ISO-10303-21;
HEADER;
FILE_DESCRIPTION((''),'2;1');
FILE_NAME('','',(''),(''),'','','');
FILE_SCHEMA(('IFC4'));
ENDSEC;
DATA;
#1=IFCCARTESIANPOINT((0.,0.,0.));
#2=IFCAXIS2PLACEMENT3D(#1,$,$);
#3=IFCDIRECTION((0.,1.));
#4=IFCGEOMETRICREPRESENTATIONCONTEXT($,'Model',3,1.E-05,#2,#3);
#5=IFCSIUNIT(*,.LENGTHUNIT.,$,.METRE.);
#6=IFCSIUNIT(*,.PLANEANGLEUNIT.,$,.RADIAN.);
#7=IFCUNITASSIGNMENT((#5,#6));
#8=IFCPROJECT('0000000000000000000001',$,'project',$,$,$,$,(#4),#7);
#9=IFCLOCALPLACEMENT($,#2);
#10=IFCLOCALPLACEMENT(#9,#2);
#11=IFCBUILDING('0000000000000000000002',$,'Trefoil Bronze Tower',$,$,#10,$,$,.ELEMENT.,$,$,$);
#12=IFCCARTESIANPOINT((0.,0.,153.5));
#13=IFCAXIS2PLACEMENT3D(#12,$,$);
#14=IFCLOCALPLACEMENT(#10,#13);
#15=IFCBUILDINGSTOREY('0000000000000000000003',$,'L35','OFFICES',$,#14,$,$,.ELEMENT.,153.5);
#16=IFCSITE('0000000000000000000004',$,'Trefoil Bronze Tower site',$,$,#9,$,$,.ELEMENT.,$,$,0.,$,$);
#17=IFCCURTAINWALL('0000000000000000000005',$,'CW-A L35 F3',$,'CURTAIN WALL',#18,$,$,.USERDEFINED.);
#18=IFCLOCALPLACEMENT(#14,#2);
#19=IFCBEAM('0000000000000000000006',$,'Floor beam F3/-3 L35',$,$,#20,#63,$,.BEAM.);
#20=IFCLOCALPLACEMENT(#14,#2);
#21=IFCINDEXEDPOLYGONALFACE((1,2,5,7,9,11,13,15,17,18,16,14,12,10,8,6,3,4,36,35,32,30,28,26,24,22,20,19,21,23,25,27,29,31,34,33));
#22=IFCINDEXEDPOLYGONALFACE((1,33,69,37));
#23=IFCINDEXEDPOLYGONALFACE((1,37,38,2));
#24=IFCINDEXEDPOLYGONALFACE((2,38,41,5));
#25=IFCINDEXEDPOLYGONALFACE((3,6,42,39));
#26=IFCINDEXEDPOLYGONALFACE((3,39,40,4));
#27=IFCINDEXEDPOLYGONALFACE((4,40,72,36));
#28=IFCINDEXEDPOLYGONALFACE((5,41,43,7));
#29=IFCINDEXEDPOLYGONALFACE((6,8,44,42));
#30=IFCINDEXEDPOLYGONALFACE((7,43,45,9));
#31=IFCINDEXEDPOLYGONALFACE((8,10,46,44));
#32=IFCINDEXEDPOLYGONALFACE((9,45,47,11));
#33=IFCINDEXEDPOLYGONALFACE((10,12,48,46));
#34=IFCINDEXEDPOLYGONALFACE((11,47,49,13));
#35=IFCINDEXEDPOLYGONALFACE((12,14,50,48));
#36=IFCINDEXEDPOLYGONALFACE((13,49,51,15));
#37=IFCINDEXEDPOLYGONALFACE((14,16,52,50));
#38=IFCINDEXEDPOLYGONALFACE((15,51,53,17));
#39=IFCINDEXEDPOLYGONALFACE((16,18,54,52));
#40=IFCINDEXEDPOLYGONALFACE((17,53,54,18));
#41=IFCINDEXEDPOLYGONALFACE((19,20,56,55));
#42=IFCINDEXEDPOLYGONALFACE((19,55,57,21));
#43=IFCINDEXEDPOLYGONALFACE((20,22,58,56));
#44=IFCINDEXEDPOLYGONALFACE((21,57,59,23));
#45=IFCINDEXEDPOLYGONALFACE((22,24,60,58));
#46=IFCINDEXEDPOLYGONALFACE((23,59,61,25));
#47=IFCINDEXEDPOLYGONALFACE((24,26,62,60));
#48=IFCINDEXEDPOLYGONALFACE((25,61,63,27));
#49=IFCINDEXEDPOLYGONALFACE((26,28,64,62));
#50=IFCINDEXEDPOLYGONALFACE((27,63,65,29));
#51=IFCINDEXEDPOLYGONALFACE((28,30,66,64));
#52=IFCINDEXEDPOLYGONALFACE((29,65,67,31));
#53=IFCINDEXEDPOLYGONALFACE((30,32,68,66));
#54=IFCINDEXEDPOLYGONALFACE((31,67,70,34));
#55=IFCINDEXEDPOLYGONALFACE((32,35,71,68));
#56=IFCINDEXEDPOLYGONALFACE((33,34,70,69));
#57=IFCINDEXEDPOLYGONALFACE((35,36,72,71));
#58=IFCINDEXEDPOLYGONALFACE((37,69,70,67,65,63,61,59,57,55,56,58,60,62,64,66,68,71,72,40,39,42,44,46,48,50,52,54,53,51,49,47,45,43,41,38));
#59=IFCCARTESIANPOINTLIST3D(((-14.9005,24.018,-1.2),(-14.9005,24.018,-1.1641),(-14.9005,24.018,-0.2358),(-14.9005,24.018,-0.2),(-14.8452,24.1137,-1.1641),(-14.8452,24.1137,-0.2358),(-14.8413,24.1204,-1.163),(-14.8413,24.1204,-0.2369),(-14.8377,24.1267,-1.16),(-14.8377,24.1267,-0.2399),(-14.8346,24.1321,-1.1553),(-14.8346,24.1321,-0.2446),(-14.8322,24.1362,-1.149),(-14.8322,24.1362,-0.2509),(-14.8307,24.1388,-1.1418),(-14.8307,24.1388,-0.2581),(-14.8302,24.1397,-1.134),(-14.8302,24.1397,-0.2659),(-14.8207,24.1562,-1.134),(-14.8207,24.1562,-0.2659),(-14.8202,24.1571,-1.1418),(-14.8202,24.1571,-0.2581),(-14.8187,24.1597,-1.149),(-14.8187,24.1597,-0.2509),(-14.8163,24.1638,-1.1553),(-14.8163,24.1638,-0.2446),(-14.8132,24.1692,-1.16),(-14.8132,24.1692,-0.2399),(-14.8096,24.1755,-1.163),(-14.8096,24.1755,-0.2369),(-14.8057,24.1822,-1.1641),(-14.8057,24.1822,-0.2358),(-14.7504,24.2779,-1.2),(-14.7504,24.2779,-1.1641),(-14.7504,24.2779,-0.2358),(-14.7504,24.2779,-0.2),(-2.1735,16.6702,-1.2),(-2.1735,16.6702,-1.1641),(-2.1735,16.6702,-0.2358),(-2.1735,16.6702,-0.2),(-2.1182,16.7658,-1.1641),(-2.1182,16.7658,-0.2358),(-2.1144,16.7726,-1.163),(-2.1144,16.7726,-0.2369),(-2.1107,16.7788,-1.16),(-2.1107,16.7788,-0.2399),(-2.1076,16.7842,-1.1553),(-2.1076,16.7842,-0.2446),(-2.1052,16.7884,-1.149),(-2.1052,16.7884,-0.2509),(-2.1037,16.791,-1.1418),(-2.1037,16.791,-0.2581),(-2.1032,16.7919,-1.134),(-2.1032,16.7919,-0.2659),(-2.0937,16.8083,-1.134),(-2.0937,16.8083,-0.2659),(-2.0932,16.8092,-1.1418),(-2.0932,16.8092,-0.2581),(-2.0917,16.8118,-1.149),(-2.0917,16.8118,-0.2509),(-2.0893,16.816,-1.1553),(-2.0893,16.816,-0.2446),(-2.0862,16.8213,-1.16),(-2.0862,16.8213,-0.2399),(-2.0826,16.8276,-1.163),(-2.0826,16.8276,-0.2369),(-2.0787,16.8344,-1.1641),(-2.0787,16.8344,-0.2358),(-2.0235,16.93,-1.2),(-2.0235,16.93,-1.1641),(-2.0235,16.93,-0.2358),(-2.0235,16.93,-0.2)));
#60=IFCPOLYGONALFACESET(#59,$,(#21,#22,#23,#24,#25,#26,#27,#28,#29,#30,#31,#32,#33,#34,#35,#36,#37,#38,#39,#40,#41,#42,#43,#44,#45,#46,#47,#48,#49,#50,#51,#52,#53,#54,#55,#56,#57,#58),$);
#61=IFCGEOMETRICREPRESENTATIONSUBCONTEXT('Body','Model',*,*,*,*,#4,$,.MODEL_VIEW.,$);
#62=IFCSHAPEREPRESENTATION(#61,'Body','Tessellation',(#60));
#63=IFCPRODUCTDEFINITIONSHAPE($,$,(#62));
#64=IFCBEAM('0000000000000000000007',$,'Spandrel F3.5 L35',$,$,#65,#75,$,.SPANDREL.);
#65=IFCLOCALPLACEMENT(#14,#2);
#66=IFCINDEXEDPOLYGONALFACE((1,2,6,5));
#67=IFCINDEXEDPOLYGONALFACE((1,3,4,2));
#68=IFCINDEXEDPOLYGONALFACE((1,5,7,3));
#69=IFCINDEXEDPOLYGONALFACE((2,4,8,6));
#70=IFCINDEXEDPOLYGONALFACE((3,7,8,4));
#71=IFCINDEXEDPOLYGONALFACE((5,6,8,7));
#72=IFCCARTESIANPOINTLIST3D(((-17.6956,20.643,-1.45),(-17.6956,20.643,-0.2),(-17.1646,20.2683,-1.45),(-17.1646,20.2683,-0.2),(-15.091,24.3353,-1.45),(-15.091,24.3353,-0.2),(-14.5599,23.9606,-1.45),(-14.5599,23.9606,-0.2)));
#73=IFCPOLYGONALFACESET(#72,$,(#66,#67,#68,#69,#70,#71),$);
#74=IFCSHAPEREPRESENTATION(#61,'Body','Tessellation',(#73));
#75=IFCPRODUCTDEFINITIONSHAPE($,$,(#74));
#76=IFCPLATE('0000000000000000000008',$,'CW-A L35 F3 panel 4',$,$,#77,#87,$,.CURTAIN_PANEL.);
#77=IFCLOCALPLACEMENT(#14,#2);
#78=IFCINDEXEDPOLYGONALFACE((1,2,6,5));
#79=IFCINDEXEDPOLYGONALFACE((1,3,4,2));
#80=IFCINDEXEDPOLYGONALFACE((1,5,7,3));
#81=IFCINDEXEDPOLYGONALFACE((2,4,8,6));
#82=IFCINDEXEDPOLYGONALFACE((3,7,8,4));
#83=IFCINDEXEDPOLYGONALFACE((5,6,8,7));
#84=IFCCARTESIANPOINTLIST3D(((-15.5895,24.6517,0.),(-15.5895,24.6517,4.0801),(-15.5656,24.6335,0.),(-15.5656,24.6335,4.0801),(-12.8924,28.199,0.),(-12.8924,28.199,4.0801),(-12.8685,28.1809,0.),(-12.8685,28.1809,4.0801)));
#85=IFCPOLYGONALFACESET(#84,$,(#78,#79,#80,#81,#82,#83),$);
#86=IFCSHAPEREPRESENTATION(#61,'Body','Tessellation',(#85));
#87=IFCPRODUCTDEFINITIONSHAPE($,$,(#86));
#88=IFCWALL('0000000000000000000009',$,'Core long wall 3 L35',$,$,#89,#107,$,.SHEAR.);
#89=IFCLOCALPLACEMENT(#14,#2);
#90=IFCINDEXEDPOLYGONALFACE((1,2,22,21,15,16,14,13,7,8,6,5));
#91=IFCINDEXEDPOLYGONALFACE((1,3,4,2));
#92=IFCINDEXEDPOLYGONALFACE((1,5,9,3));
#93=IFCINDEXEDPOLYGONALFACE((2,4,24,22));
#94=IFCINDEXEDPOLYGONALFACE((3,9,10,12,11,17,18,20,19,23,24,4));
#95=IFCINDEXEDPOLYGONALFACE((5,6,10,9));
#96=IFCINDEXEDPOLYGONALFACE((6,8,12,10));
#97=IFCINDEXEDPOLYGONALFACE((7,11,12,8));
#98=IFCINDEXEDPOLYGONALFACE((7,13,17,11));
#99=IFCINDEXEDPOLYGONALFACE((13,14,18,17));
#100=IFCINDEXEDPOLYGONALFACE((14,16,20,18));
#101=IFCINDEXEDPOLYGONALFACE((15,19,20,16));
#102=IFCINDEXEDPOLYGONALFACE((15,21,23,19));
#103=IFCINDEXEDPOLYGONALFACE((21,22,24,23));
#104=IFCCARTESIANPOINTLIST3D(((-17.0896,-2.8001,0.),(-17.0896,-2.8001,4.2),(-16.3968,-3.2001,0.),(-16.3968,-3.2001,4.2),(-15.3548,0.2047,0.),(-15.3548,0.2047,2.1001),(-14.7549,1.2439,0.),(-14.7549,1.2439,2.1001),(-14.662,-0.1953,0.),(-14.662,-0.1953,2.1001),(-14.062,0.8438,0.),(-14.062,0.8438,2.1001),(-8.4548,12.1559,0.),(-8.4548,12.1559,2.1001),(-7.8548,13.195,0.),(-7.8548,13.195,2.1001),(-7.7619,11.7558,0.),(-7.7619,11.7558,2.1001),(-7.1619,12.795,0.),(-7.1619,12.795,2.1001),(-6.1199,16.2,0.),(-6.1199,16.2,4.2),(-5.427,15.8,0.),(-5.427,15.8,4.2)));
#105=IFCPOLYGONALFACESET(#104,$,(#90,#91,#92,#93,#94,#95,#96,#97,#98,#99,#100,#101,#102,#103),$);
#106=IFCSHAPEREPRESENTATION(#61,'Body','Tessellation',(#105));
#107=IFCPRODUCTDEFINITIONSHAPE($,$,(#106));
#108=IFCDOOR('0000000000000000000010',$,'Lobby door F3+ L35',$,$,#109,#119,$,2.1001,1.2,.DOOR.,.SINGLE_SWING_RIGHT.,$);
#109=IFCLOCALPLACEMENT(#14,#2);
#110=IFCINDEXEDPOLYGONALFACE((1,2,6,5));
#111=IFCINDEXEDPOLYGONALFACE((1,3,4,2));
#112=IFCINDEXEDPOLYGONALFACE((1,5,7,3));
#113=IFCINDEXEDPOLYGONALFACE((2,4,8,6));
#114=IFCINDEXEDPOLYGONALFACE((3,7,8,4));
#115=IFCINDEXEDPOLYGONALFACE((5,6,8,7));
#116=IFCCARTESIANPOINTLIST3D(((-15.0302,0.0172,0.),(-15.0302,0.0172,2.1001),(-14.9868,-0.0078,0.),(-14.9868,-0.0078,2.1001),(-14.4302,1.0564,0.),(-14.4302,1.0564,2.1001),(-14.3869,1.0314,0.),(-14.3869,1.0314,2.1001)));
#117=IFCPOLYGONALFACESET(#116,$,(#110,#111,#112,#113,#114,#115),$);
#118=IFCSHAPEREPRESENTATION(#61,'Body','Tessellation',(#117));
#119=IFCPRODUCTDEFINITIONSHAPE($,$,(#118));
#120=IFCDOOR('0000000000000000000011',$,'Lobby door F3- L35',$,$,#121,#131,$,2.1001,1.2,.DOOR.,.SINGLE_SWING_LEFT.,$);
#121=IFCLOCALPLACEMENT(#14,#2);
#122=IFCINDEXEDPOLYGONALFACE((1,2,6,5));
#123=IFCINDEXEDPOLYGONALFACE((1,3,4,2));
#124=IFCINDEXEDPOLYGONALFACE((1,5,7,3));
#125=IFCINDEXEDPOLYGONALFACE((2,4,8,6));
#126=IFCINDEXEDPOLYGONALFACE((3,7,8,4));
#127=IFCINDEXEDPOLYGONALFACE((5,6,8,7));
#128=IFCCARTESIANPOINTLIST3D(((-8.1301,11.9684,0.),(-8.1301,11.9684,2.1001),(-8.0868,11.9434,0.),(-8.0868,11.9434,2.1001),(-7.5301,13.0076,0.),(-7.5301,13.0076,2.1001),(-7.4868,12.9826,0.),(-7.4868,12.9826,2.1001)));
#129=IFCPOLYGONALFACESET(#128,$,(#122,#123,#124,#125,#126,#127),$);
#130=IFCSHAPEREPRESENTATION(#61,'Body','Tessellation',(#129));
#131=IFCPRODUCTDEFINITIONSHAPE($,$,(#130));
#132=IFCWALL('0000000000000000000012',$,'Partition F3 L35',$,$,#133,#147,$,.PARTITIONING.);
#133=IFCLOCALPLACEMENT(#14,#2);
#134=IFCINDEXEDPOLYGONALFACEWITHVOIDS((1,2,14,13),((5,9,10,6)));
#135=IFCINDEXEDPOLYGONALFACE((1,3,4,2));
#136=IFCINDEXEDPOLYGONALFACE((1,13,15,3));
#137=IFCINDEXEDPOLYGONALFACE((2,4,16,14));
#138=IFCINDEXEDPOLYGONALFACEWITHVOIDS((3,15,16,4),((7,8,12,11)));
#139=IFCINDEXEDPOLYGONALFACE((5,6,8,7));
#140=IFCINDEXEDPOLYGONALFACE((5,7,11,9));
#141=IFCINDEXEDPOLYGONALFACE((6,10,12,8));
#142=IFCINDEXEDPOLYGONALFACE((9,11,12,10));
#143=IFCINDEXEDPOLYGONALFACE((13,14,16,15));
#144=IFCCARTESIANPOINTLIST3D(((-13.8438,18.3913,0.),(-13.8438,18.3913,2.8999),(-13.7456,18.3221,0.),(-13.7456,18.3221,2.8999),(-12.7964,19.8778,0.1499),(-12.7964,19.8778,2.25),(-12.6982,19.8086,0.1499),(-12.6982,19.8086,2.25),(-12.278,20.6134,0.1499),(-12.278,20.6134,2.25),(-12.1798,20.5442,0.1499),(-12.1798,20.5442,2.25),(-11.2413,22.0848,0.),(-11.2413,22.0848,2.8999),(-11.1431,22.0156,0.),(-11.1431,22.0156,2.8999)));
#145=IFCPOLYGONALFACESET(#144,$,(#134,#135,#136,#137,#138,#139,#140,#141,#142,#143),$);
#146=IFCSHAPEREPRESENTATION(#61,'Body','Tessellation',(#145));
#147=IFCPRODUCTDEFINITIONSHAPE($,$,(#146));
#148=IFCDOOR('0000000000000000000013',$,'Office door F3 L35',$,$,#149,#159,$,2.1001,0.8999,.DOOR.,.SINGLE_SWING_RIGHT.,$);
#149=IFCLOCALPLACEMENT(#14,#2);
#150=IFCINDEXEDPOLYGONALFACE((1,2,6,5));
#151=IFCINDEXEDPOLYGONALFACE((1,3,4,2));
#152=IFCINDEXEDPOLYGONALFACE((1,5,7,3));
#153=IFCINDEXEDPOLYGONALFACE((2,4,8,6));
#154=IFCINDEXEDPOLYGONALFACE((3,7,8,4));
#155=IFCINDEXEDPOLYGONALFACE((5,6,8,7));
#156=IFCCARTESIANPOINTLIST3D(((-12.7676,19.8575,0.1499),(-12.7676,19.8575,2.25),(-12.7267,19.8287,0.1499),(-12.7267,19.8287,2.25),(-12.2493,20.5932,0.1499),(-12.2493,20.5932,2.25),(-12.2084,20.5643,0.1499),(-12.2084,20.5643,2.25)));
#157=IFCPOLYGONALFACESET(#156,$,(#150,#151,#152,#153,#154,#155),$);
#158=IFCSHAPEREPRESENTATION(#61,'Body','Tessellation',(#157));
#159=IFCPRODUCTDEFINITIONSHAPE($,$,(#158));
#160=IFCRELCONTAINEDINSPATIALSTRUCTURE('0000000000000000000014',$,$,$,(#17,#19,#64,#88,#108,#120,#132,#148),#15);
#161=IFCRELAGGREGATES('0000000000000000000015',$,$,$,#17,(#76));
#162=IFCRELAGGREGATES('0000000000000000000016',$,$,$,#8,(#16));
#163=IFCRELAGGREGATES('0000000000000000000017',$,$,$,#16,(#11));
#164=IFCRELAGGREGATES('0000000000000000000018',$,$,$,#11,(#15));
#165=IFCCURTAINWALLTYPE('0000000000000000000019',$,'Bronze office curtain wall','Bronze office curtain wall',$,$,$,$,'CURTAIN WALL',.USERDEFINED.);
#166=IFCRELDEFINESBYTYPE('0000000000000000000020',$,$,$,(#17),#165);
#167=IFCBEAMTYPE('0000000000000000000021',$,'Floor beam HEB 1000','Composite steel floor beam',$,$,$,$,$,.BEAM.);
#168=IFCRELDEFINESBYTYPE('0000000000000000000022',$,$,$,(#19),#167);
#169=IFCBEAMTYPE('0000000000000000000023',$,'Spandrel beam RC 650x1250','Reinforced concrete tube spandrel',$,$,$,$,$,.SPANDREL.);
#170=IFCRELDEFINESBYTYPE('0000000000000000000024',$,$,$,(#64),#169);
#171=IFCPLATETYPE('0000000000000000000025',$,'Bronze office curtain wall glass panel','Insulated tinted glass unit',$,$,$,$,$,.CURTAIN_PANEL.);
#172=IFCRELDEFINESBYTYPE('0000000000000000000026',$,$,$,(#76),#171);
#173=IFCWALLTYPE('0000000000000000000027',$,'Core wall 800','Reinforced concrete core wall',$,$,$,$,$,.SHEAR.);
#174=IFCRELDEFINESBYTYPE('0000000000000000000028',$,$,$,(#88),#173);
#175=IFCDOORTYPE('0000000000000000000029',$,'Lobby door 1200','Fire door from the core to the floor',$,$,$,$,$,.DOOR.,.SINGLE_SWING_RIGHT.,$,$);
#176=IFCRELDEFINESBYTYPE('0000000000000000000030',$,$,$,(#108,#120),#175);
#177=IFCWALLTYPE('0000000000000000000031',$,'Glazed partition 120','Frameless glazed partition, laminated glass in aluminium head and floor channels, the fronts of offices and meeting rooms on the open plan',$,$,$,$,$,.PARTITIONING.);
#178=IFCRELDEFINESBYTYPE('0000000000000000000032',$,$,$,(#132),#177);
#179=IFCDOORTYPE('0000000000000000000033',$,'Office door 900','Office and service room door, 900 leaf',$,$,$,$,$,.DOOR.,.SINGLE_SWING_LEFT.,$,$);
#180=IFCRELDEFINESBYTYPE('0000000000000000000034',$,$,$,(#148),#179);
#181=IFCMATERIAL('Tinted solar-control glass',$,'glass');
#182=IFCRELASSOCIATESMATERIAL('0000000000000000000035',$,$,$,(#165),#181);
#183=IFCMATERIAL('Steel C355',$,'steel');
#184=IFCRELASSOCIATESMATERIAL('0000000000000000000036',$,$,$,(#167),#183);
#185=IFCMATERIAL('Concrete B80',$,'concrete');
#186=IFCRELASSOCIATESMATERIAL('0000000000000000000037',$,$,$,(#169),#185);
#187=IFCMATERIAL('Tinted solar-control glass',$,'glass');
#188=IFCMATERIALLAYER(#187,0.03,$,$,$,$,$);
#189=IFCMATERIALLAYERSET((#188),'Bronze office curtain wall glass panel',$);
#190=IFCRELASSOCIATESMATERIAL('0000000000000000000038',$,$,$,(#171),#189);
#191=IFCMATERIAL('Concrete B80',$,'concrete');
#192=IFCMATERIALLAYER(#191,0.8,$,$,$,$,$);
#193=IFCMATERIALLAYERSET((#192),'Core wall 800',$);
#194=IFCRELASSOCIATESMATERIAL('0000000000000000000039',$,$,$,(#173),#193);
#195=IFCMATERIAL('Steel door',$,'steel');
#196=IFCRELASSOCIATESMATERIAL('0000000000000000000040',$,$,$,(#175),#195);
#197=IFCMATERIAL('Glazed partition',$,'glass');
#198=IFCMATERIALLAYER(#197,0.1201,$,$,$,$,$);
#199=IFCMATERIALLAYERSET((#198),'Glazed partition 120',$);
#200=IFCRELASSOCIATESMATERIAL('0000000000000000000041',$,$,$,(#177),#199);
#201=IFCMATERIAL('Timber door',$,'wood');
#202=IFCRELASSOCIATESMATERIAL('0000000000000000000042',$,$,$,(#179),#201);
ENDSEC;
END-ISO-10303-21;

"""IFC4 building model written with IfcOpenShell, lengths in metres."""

from ifc_helpers import new_model, si_unit, direction, frame, frame_2d, origin, origin_2d, place, context, subcontext, project, spatial, rectangle, i_section, extrude, material, layer, layer_set, material_profile, profile_set, type_object, element, fill, aggregate, save


model = new_model("IFC4")

# Units and contexts
model_context = context("Model", 3, precision=1e-05, world=origin(), true_north=direction((0.0, 1.0)))
body_context = subcontext(model_context, "Body", "Model", "MODEL_VIEW")
ifc_project = project(units=[si_unit("LENGTHUNIT", "METRE"), si_unit("PLANEANGLEUNIT", "RADIAN")], contexts=[model_context])

# Site, building, storey
site_placement = place(None, origin())
site = spatial("IfcSite", under=ifc_project, at=site_placement, Name="Trefoil Bronze Tower site", CompositionType="ELEMENT", RefElevation=0.0)
building_placement = place(site_placement, origin())
building = spatial("IfcBuilding", under=site, at=building_placement, Name="Trefoil Bronze Tower", CompositionType="ELEMENT")
storey_placement = place(building_placement, frame((0.0, 0.0, 153.5)))
storey = spatial("IfcBuildingStorey", under=building, at=storey_placement, Name="L35", Description="OFFICES", CompositionType="ELEMENT", Elevation=153.5)

# Curtain wall
ifc_material_1 = material(Name="Tinted solar-control glass", Category="glass")
curtain_wall_type = type_object("IfcCurtainWallType", Name="Bronze office curtain wall", Description="Bronze office curtain wall", ElementType="CURTAIN WALL", PredefinedType="USERDEFINED", material=ifc_material_1)
curtain_wall_placement = place(storey_placement, origin())
curtain_wall = element("IfcCurtainWall", 1, at=curtain_wall_placement, inside=storey, type_object=curtain_wall_type, Name="CW-A L35 F3", ObjectType="CURTAIN WALL", PredefinedType="USERDEFINED")

# Beams
ifc_material_2 = material(Name="Steel C355", Category="steel")
ifc_material_profile_1 = material_profile(ifc_material_2, i_section(OverallWidth=0.3, OverallDepth=1.0, WebThickness=0.019, FlangeThickness=0.0359, FilletRadius=0.03, at=origin_2d()), Name="HEB 1000")
ifc_profile_set_1 = profile_set([ifc_material_profile_1], Name="Steel C355")
beam_type_1 = type_object("IfcBeamType", Name="Floor beam HEB 1000", Description="Composite steel floor beam", PredefinedType="BEAM", material=ifc_profile_set_1)
beam_1_placement = place(storey_placement, frame((-14.8254, 24.1479, -0.7), z_axis=(0.866027, -0.499997, 0.0), x_axis=(0.499997, 0.866027, 0.0)))
element("IfcBeam", 2, at=beam_1_placement, inside=storey, type_object=beam_type_1, Name="Floor beam F3/-3 L35", PredefinedType="BEAM", context=body_context, shape_type="SweptSolid", body=[
    extrude(i_section(OverallWidth=0.3, OverallDepth=1.0, WebThickness=0.019, FlangeThickness=0.0359, FilletRadius=0.03, at=origin_2d()), origin(), (0.0, 0.0, 1.0), 14.6958),
])
ifc_material_3 = material(Name="Concrete B80", Category="concrete")
ifc_material_profile_2 = material_profile(ifc_material_3, rectangle(XDim=0.6499, YDim=1.25, at=origin_2d()), Name="RC 650x1250")
ifc_profile_set_2 = profile_set([ifc_material_profile_2], Name="Concrete B80")
beam_type_2 = type_object("IfcBeamType", Name="Spandrel beam RC 650x1250", Description="Reinforced concrete tube spandrel", PredefinedType="SPANDREL", material=ifc_profile_set_2)
beam_2_placement = place(storey_placement, frame((-14.8254, 24.1479, -0.825), z_axis=(-0.576439, -0.81714, 0.0), x_axis=(0.81714, -0.576439, 0.0)))
element("IfcBeam", 3, at=beam_2_placement, inside=storey, type_object=beam_type_2, Name="Spandrel F3.5 L35", PredefinedType="SPANDREL", context=body_context, shape_type="SweptSolid", body=[
    extrude(rectangle(XDim=0.6499, YDim=1.25, at=origin_2d()), origin(), (0.0, 0.0, 1.0), 4.5186),
])

# Plate
ifc_material_4 = material(Name="Tinted solar-control glass", Category="glass")
ifc_layer_1 = layer(ifc_material_4, 0.03)
ifc_layer_set_1 = layer_set([ifc_layer_1], Name="Bronze office curtain wall glass panel")
plate_type = type_object("IfcPlateType", Name="Bronze office curtain wall glass panel", Description="Insulated tinted glass unit", PredefinedType="CURTAIN_PANEL", material=ifc_layer_set_1)
plate_placement = place(storey_placement, frame((-14.229, 26.4163, 0.0), z_axis=(0.0, 0.0, 1.0), x_axis=(-0.605252, -0.796034, 0.0)))
plate = element("IfcPlate", 4, at=plate_placement, type_object=plate_type, Name="CW-A L35 F3 panel 4", PredefinedType="CURTAIN_PANEL", context=body_context, shape_type="SweptSolid", body=[
    extrude(rectangle(XDim=4.4563, YDim=0.03, at=origin_2d()), origin(), (0.0, 0.0, 1.0), 4.0801),
])
aggregate(curtain_wall, [plate])

# Wall, openings, doors
ifc_material_5 = material(Name="Concrete B80", Category="concrete")
ifc_layer_2 = layer(ifc_material_5, 0.8)
ifc_layer_set_2 = layer_set([ifc_layer_2], Name="Core wall 800")
wall_type_1 = type_object("IfcWallType", Name="Core wall 800", Description="Reinforced concrete core wall", PredefinedType="SHEAR", material=ifc_layer_set_2)
wall_1_placement = place(storey_placement, frame((-5.7734, 16.0, 0.0), z_axis=(0.0, 0.0, 1.0), x_axis=(-0.500002, -0.866024, 0.0)))
wall_1 = element("IfcWall", 5, at=wall_1_placement, inside=storey, type_object=wall_type_1, Name="Core long wall 3 L35", PredefinedType="SHEAR", context=body_context, shape_type="SweptSolid", body=[
    extrude(rectangle(XDim=21.9395, YDim=0.8, at=frame_2d((10.9697, 0.0))), origin(), (0.0, 0.0, 1.0), 4.2),
])
opening_1_placement = place(wall_1_placement, frame((17.2698, 0.0, 0.0)))
opening_1 = element("IfcOpeningElement", 6, at=opening_1_placement, cuts=wall_1, PredefinedType="OPENING", context=body_context, shape_type="SweptSolid", body=[
    extrude(rectangle(XDim=1.2, YDim=2.1001, at=frame_2d((0.6001, 1.05))), frame((0.0, 0.4099, 0.0), z_axis=(0.0, -1.0, 0.0), x_axis=(1.0, 0.0, 0.0)), (0.0, 0.0, 1.0), 0.8201),
])
opening_2_placement = place(wall_1_placement, frame((3.4697, 0.0, 0.0)))
opening_2 = element("IfcOpeningElement", 7, at=opening_2_placement, cuts=wall_1, PredefinedType="OPENING", context=body_context, shape_type="SweptSolid", body=[
    extrude(rectangle(XDim=1.2, YDim=2.1001, at=frame_2d((0.6001, 1.05))), frame((0.0, 0.4099, 0.0), z_axis=(0.0, -1.0, 0.0), x_axis=(1.0, 0.0, 0.0)), (0.0, 0.0, 1.0), 0.8201),
])
ifc_material_6 = material(Name="Steel door", Category="steel")
door_type_1 = type_object("IfcDoorType", Name="Lobby door 1200", Description="Fire door from the core to the floor", OperationType="SINGLE_SWING_RIGHT", PredefinedType="DOOR", material=ifc_material_6)
door_1_placement = place(opening_1_placement, origin())
door_1 = element("IfcDoor", 8, at=door_1_placement, inside=storey, type_object=door_type_1, Name="Lobby door F3+ L35", OperationType="SINGLE_SWING_RIGHT", OverallHeight=2.1001, OverallWidth=1.2, PredefinedType="DOOR", context=body_context, shape_type="SweptSolid", body=[
    extrude(rectangle(XDim=1.2, YDim=2.1001, at=frame_2d((0.6001, 1.05))), frame((0.0, 0.0249, 0.0), z_axis=(0.0, -1.0, 0.0), x_axis=(1.0, 0.0, 0.0)), (0.0, 0.0, 1.0), 0.05),
])
fill(opening_1, door_1)
door_2_placement = place(opening_2_placement, origin())
door_2 = element("IfcDoor", 9, at=door_2_placement, inside=storey, type_object=door_type_1, Name="Lobby door F3- L35", OperationType="SINGLE_SWING_LEFT", OverallHeight=2.1001, OverallWidth=1.2, PredefinedType="DOOR", context=body_context, shape_type="SweptSolid", body=[
    extrude(rectangle(XDim=1.2, YDim=2.1001, at=frame_2d((0.6001, 1.05))), frame((0.0, 0.0249, 0.0), z_axis=(0.0, -1.0, 0.0), x_axis=(1.0, 0.0, 0.0)), (0.0, 0.0, 1.0), 0.05),
])
fill(opening_2, door_2)

# Wall, opening, door
ifc_material_7 = material(Name="Glazed partition", Category="glass")
ifc_layer_3 = layer(ifc_material_7, 0.1201)
ifc_layer_set_3 = layer_set([ifc_layer_3], Name="Glazed partition 120")
wall_type_2 = type_object("IfcWallType", Name="Glazed partition 120", Description="Frameless glazed partition, laminated glass in aluminium head and floor channels, the fronts of offices and meeting rooms on the open plan", PredefinedType="PARTITIONING", material=ifc_layer_set_3)
wall_2_placement = place(storey_placement, frame((-11.1921, 22.0503, 0.0), z_axis=(0.0, 0.0, 1.0), x_axis=(-0.575987, -0.817459, 0.0)))
wall_2 = element("IfcWall", 10, at=wall_2_placement, inside=storey, type_object=wall_type_2, Name="Partition F3 L35", PredefinedType="PARTITIONING", context=body_context, shape_type="SweptSolid", body=[
    extrude(rectangle(XDim=4.5183, YDim=0.1201, at=frame_2d((2.2593, 0.0))), origin(), (0.0, 0.0, 1.0), 2.8999),
])
opening_3_placement = place(wall_2_placement, frame((1.8, 0.0, 0.1499)))
opening_3 = element("IfcOpeningElement", 11, at=opening_3_placement, cuts=wall_2, PredefinedType="OPENING", context=body_context, shape_type="SweptSolid", body=[
    extrude(rectangle(XDim=0.8999, YDim=2.1001, at=frame_2d((0.45, 1.05))), frame((0.0, 0.0701, 0.0), z_axis=(0.0, -1.0, 0.0), x_axis=(1.0, 0.0, 0.0)), (0.0, 0.0, 1.0), 0.1401),
])
ifc_material_8 = material(Name="Timber door", Category="wood")
door_type_2 = type_object("IfcDoorType", Name="Office door 900", Description="Office and service room door, 900 leaf", OperationType="SINGLE_SWING_LEFT", PredefinedType="DOOR", material=ifc_material_8)
door_3_placement = place(opening_3_placement, frame((0.8999, 0.0, 0.0), z_axis=(0.0, 0.0, 1.0), x_axis=(-1.0, 0.0, 0.0)))
door_3 = element("IfcDoor", 12, at=door_3_placement, inside=storey, type_object=door_type_2, Name="Office door F3 L35", OperationType="SINGLE_SWING_RIGHT", OverallHeight=2.1001, OverallWidth=0.8999, PredefinedType="DOOR", context=body_context, shape_type="SweptSolid", body=[
    extrude(rectangle(XDim=0.8999, YDim=2.1001, at=frame_2d((0.45, 1.05))), frame((0.0, 0.0249, 0.0), z_axis=(0.0, -1.0, 0.0), x_axis=(1.0, 0.0, 0.0)), (0.0, 0.0, 1.0), 0.05),
])
fill(opening_3, door_3)

save(model, "model.ifc")
